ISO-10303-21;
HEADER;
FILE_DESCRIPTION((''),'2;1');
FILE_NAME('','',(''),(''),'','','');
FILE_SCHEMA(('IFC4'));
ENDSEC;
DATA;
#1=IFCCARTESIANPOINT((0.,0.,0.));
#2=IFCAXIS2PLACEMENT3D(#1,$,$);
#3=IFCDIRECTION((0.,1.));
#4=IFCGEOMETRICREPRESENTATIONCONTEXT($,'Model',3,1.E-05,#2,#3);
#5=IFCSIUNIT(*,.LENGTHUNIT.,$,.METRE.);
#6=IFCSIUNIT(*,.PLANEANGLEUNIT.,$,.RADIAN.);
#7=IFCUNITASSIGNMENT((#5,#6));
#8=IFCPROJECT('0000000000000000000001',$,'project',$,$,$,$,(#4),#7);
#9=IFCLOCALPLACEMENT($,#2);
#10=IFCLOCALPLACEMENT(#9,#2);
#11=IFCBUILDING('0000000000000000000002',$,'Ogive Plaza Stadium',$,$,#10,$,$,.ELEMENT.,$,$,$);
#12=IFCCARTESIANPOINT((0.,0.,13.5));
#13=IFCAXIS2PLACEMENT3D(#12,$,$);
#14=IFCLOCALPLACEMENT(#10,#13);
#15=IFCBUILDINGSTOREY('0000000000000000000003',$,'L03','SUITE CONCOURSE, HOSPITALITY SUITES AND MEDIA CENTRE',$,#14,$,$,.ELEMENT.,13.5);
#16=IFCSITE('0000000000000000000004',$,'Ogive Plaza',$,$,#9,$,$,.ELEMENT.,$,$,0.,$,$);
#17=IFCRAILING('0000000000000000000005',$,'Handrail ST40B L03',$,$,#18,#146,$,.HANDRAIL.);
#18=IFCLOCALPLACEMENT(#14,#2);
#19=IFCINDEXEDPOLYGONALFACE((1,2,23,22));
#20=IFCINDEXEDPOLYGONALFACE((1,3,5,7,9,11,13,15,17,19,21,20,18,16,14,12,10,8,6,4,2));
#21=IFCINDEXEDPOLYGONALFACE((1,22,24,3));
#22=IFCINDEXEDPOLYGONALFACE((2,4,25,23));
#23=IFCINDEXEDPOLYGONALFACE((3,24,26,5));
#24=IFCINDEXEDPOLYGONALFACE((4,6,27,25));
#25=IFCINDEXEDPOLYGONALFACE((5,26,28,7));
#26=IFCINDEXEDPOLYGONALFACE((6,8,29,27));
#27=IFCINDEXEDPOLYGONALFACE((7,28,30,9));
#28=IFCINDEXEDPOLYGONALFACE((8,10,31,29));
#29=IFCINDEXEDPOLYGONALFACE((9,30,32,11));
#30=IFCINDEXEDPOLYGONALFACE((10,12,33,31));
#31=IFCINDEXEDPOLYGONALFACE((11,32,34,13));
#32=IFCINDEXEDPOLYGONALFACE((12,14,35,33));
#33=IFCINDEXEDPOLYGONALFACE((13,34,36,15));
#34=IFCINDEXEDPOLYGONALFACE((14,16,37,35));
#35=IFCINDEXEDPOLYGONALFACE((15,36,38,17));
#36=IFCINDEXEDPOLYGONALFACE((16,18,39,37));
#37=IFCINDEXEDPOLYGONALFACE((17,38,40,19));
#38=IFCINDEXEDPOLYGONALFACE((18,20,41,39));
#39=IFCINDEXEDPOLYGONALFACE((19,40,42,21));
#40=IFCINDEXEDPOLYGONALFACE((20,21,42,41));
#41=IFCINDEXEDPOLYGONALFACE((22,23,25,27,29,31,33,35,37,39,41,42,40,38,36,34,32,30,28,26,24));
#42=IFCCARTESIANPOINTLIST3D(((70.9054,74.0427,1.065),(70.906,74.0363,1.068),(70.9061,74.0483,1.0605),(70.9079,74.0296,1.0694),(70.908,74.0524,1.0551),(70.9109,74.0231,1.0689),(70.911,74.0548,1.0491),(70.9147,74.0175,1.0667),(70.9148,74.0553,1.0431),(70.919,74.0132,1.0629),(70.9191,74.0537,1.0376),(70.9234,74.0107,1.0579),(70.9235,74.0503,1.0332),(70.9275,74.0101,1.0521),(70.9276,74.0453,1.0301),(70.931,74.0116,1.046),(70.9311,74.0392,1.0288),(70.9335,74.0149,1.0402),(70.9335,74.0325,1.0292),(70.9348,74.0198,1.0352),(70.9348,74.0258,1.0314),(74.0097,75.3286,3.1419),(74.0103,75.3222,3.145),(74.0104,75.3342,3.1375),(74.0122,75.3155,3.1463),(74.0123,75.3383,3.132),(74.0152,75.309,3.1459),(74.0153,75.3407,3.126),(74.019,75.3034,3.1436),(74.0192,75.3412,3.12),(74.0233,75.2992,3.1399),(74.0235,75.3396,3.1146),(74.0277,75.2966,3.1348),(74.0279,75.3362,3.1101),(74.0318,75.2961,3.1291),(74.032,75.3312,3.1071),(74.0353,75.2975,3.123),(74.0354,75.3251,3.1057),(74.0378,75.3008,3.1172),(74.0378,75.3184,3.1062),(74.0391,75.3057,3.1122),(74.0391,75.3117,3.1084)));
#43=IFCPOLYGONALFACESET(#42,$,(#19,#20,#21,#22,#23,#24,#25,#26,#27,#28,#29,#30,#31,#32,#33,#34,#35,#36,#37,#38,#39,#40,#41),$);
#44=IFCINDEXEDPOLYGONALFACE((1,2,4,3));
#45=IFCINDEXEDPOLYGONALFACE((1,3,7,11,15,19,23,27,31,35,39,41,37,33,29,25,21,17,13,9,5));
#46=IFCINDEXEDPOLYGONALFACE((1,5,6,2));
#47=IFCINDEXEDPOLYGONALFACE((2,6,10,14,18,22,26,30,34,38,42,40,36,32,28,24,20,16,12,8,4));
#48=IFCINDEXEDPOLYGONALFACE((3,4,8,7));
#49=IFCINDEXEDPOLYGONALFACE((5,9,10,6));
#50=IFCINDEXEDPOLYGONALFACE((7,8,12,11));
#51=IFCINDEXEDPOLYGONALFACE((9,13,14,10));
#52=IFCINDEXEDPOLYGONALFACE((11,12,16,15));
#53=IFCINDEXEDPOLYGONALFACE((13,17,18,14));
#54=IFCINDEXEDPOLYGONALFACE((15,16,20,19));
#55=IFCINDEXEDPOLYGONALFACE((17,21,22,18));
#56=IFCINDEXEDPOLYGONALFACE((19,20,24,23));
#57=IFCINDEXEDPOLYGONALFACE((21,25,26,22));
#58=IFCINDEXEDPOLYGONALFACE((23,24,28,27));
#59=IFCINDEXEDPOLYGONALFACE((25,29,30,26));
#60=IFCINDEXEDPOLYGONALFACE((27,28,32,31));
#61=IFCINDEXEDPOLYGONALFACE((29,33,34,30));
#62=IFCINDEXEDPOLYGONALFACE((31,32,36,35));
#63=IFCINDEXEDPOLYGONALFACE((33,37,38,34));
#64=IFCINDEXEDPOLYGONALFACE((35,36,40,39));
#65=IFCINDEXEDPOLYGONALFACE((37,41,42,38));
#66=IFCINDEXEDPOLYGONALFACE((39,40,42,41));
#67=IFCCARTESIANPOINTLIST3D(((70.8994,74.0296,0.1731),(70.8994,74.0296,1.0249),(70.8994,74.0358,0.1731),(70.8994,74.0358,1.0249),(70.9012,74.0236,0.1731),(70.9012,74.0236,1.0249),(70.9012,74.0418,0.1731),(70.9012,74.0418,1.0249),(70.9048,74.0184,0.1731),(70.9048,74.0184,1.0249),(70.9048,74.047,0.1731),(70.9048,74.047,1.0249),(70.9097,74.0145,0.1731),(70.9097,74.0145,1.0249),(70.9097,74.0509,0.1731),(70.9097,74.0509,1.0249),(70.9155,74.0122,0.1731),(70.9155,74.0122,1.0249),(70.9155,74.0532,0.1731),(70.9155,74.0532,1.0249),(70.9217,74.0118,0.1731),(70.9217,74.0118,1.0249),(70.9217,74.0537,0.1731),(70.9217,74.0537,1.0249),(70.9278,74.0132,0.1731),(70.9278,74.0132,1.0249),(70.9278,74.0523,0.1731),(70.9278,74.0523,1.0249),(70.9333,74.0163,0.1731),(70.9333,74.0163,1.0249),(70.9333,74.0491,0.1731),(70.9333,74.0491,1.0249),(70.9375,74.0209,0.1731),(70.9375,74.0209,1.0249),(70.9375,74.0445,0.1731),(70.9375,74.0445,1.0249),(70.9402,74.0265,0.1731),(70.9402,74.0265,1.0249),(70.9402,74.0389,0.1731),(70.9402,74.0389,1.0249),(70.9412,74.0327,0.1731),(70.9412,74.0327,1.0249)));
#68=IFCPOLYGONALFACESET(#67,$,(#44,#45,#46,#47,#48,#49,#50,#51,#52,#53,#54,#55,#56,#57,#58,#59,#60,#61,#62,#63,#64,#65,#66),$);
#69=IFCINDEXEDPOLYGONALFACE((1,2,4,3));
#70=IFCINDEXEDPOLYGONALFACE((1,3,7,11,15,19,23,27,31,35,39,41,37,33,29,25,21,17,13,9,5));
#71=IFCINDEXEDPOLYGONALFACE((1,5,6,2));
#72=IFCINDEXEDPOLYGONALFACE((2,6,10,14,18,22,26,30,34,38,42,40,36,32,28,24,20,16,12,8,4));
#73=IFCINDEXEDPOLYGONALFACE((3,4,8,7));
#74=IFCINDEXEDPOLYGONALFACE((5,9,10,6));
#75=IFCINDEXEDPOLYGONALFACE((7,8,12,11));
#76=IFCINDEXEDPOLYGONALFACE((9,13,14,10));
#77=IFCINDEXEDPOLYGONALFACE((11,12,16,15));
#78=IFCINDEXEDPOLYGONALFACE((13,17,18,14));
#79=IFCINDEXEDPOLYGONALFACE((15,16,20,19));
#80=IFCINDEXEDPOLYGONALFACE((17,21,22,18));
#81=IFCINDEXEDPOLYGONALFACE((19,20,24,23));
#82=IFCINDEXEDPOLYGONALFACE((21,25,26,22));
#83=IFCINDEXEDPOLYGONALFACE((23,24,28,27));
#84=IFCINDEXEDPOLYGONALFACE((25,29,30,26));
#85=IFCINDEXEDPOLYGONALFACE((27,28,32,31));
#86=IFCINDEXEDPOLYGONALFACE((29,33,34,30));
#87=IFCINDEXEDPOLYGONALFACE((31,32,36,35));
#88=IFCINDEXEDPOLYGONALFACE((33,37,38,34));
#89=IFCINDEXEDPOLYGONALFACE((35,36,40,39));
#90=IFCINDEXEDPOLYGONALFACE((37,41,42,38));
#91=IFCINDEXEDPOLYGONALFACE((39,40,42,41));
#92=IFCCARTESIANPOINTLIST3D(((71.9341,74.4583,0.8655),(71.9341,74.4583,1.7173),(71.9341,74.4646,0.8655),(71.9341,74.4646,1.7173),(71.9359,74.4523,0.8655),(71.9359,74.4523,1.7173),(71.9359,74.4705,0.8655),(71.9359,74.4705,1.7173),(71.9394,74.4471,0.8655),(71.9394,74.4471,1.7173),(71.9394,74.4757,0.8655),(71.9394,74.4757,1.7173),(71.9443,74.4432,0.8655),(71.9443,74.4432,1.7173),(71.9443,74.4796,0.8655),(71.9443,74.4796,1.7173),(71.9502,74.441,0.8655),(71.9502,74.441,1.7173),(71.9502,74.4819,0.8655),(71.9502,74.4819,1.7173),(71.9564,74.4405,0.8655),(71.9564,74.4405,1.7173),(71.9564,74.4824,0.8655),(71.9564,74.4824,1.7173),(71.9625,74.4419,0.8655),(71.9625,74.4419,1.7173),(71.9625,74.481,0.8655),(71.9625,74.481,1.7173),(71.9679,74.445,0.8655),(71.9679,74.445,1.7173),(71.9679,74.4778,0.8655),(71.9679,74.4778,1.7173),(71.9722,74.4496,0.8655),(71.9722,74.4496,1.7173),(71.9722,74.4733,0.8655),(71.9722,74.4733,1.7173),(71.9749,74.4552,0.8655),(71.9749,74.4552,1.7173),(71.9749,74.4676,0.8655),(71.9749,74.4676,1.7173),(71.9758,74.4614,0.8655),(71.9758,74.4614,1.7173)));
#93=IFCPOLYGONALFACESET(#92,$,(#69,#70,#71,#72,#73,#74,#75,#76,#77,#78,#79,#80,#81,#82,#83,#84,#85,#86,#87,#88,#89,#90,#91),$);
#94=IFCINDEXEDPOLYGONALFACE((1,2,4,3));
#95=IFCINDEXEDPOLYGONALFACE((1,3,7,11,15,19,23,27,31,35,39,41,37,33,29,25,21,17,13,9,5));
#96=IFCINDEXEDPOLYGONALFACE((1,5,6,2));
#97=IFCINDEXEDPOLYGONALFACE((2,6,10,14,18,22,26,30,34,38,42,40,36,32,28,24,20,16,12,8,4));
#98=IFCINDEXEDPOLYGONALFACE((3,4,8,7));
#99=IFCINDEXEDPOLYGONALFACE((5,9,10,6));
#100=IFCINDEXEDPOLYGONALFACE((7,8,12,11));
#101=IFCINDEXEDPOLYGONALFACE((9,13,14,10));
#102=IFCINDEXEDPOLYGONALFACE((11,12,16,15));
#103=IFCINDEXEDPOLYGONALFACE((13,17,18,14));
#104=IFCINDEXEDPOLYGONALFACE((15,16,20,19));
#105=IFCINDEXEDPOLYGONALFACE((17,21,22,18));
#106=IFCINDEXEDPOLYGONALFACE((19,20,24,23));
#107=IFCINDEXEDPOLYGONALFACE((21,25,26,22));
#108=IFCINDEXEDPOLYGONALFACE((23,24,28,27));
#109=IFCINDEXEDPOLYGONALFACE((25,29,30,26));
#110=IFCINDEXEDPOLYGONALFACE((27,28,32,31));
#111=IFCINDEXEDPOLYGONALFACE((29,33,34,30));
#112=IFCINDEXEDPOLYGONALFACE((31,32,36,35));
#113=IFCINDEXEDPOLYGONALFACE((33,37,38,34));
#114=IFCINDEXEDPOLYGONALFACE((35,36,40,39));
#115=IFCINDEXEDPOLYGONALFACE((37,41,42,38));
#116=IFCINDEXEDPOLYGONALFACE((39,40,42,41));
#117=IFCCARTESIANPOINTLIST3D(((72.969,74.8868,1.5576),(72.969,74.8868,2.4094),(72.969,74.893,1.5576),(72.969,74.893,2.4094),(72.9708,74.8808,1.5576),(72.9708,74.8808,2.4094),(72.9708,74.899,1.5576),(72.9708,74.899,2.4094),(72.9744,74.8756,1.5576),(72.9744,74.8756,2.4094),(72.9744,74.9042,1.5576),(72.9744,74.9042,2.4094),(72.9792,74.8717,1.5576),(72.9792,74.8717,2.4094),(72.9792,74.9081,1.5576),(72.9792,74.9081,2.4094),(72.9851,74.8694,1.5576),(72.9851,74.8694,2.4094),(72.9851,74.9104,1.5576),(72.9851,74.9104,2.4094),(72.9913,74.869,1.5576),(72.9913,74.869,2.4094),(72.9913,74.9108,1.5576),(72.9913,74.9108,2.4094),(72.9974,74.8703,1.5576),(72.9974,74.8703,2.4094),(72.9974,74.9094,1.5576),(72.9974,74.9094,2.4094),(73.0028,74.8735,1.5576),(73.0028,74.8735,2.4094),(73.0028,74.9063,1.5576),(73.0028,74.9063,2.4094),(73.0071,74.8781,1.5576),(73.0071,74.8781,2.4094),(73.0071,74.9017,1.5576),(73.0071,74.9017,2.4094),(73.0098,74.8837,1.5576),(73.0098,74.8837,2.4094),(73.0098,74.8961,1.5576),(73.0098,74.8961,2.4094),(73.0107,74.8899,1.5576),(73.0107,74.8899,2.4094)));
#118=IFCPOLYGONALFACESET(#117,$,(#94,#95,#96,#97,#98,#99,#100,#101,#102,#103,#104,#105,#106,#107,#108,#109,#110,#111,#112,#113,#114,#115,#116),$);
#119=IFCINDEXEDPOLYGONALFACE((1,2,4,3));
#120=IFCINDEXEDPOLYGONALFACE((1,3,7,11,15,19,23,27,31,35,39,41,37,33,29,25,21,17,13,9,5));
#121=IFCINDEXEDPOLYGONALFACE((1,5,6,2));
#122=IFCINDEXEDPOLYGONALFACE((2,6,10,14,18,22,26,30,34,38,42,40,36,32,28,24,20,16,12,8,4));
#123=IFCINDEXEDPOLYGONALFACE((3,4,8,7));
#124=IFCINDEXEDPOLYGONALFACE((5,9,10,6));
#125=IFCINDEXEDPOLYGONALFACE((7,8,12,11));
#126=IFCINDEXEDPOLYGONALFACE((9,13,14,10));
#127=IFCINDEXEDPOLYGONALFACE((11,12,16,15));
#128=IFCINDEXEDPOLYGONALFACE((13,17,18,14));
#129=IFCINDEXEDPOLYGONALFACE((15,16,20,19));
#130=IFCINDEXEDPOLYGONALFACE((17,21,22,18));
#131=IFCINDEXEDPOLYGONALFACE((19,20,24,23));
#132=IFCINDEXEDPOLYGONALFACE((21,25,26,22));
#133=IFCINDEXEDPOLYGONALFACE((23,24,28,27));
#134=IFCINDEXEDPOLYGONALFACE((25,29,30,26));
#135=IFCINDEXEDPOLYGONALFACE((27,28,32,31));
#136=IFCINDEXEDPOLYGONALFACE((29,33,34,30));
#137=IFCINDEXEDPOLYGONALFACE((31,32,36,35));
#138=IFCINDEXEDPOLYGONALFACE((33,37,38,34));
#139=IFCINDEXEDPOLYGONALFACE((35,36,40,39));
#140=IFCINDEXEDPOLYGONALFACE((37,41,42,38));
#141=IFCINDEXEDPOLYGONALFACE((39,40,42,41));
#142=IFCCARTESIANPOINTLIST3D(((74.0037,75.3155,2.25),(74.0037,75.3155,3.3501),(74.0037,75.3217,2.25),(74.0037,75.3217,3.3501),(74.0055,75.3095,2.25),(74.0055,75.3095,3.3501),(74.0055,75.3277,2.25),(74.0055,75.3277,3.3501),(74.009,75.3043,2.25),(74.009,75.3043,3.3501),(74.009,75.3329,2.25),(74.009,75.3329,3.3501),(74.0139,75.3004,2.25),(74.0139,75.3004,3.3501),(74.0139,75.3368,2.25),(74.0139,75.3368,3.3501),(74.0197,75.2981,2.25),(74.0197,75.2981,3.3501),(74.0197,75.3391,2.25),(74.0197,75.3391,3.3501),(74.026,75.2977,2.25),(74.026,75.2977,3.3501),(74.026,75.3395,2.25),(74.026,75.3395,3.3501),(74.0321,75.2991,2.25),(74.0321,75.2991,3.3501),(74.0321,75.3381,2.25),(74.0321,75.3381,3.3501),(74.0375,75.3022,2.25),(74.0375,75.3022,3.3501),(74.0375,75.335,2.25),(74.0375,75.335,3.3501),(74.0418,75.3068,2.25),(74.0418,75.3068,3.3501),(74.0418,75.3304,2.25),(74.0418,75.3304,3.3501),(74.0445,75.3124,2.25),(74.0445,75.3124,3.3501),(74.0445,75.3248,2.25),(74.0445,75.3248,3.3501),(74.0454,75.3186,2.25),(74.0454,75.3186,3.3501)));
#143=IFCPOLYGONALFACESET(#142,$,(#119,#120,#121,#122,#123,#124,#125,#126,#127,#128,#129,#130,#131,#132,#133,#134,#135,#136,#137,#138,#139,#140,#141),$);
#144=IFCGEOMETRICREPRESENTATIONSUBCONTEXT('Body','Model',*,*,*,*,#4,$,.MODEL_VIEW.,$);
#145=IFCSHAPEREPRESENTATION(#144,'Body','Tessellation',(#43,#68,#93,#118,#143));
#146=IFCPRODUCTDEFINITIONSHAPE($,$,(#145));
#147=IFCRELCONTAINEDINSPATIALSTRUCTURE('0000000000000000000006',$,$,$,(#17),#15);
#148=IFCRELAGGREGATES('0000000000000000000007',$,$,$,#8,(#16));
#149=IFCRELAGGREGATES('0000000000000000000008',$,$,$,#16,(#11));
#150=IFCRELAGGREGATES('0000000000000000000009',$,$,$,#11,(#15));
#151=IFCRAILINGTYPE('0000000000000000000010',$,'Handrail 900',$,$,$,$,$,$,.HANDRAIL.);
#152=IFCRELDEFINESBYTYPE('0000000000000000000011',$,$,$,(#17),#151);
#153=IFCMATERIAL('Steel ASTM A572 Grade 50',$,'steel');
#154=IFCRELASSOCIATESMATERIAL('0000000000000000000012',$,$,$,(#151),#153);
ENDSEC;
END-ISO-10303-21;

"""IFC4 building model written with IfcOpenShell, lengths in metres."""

from ifc_helpers import new_model, si_unit, direction, frame, origin, origin_2d, place, context, subcontext, project, spatial, circle, extrude, material, type_object, element, save


model = new_model("IFC4")

# Units and contexts
model_context = context("Model", 3, precision=1e-05, world=origin(), true_north=direction((0.0, 1.0)))
body_context = subcontext(model_context, "Body", "Model", "MODEL_VIEW")
ifc_project = project(units=[si_unit("LENGTHUNIT", "METRE"), si_unit("PLANEANGLEUNIT", "RADIAN")], contexts=[model_context])

# Site, building, storey
site_placement = place(None, origin())
site = spatial("IfcSite", under=ifc_project, at=site_placement, Name="Ogive Plaza", CompositionType="ELEMENT", RefElevation=0.0)
building_placement = place(site_placement, origin())
building = spatial("IfcBuilding", under=site, at=building_placement, Name="Ogive Plaza Stadium", CompositionType="ELEMENT")
storey_placement = place(building_placement, frame((0.0, 0.0, 13.5)))
storey = spatial("IfcBuildingStorey", under=building, at=storey_placement, Name="L03", Description="SUITE CONCOURSE, HOSPITALITY SUITES AND MEDIA CENTRE", CompositionType="ELEMENT", Elevation=13.5)

# Railing
ifc_material_1 = material(Name="Steel ASTM A572 Grade 50", Category="steel")
railing_type_1 = type_object("IfcRailingType", Name="Handrail 900", PredefinedType="HANDRAIL", material=ifc_material_1)
railing_1_placement = place(storey_placement, frame((70.9202, 74.0327, 0.1731)))
element("IfcRailing", 1, at=railing_1_placement, inside=storey, type_object=railing_type_1, Name="Handrail ST40B L03", PredefinedType="HANDRAIL", context=body_context, shape_type="SweptSolid", body=[
    extrude(circle(Radius=0.0239, at=origin_2d()), frame((0.0, 0.0, 0.876), z_axis=(0.785863, 0.325532, 0.525783), x_axis=(-0.3827, 0.923872, 0.0)), (0.0, 0.0, 1.0), 3.9502),
    extrude(circle(Radius=0.021, at=origin_2d()), origin(), (0.0, 0.0, 1.0), 0.8518),
    extrude(circle(Radius=0.021, at=origin_2d()), frame((1.0347, 0.4287, 0.6924)), (0.0, 0.0, 1.0), 0.8518),
    extrude(circle(Radius=0.021, at=origin_2d()), frame((2.0696, 0.8572, 1.3845)), (0.0, 0.0, 1.0), 0.8518),
    extrude(circle(Radius=0.021, at=origin_2d()), frame((3.1042, 1.2859, 2.0769)), (0.0, 0.0, 1.0), 1.1001),
])

save(model, "model.ifc")
